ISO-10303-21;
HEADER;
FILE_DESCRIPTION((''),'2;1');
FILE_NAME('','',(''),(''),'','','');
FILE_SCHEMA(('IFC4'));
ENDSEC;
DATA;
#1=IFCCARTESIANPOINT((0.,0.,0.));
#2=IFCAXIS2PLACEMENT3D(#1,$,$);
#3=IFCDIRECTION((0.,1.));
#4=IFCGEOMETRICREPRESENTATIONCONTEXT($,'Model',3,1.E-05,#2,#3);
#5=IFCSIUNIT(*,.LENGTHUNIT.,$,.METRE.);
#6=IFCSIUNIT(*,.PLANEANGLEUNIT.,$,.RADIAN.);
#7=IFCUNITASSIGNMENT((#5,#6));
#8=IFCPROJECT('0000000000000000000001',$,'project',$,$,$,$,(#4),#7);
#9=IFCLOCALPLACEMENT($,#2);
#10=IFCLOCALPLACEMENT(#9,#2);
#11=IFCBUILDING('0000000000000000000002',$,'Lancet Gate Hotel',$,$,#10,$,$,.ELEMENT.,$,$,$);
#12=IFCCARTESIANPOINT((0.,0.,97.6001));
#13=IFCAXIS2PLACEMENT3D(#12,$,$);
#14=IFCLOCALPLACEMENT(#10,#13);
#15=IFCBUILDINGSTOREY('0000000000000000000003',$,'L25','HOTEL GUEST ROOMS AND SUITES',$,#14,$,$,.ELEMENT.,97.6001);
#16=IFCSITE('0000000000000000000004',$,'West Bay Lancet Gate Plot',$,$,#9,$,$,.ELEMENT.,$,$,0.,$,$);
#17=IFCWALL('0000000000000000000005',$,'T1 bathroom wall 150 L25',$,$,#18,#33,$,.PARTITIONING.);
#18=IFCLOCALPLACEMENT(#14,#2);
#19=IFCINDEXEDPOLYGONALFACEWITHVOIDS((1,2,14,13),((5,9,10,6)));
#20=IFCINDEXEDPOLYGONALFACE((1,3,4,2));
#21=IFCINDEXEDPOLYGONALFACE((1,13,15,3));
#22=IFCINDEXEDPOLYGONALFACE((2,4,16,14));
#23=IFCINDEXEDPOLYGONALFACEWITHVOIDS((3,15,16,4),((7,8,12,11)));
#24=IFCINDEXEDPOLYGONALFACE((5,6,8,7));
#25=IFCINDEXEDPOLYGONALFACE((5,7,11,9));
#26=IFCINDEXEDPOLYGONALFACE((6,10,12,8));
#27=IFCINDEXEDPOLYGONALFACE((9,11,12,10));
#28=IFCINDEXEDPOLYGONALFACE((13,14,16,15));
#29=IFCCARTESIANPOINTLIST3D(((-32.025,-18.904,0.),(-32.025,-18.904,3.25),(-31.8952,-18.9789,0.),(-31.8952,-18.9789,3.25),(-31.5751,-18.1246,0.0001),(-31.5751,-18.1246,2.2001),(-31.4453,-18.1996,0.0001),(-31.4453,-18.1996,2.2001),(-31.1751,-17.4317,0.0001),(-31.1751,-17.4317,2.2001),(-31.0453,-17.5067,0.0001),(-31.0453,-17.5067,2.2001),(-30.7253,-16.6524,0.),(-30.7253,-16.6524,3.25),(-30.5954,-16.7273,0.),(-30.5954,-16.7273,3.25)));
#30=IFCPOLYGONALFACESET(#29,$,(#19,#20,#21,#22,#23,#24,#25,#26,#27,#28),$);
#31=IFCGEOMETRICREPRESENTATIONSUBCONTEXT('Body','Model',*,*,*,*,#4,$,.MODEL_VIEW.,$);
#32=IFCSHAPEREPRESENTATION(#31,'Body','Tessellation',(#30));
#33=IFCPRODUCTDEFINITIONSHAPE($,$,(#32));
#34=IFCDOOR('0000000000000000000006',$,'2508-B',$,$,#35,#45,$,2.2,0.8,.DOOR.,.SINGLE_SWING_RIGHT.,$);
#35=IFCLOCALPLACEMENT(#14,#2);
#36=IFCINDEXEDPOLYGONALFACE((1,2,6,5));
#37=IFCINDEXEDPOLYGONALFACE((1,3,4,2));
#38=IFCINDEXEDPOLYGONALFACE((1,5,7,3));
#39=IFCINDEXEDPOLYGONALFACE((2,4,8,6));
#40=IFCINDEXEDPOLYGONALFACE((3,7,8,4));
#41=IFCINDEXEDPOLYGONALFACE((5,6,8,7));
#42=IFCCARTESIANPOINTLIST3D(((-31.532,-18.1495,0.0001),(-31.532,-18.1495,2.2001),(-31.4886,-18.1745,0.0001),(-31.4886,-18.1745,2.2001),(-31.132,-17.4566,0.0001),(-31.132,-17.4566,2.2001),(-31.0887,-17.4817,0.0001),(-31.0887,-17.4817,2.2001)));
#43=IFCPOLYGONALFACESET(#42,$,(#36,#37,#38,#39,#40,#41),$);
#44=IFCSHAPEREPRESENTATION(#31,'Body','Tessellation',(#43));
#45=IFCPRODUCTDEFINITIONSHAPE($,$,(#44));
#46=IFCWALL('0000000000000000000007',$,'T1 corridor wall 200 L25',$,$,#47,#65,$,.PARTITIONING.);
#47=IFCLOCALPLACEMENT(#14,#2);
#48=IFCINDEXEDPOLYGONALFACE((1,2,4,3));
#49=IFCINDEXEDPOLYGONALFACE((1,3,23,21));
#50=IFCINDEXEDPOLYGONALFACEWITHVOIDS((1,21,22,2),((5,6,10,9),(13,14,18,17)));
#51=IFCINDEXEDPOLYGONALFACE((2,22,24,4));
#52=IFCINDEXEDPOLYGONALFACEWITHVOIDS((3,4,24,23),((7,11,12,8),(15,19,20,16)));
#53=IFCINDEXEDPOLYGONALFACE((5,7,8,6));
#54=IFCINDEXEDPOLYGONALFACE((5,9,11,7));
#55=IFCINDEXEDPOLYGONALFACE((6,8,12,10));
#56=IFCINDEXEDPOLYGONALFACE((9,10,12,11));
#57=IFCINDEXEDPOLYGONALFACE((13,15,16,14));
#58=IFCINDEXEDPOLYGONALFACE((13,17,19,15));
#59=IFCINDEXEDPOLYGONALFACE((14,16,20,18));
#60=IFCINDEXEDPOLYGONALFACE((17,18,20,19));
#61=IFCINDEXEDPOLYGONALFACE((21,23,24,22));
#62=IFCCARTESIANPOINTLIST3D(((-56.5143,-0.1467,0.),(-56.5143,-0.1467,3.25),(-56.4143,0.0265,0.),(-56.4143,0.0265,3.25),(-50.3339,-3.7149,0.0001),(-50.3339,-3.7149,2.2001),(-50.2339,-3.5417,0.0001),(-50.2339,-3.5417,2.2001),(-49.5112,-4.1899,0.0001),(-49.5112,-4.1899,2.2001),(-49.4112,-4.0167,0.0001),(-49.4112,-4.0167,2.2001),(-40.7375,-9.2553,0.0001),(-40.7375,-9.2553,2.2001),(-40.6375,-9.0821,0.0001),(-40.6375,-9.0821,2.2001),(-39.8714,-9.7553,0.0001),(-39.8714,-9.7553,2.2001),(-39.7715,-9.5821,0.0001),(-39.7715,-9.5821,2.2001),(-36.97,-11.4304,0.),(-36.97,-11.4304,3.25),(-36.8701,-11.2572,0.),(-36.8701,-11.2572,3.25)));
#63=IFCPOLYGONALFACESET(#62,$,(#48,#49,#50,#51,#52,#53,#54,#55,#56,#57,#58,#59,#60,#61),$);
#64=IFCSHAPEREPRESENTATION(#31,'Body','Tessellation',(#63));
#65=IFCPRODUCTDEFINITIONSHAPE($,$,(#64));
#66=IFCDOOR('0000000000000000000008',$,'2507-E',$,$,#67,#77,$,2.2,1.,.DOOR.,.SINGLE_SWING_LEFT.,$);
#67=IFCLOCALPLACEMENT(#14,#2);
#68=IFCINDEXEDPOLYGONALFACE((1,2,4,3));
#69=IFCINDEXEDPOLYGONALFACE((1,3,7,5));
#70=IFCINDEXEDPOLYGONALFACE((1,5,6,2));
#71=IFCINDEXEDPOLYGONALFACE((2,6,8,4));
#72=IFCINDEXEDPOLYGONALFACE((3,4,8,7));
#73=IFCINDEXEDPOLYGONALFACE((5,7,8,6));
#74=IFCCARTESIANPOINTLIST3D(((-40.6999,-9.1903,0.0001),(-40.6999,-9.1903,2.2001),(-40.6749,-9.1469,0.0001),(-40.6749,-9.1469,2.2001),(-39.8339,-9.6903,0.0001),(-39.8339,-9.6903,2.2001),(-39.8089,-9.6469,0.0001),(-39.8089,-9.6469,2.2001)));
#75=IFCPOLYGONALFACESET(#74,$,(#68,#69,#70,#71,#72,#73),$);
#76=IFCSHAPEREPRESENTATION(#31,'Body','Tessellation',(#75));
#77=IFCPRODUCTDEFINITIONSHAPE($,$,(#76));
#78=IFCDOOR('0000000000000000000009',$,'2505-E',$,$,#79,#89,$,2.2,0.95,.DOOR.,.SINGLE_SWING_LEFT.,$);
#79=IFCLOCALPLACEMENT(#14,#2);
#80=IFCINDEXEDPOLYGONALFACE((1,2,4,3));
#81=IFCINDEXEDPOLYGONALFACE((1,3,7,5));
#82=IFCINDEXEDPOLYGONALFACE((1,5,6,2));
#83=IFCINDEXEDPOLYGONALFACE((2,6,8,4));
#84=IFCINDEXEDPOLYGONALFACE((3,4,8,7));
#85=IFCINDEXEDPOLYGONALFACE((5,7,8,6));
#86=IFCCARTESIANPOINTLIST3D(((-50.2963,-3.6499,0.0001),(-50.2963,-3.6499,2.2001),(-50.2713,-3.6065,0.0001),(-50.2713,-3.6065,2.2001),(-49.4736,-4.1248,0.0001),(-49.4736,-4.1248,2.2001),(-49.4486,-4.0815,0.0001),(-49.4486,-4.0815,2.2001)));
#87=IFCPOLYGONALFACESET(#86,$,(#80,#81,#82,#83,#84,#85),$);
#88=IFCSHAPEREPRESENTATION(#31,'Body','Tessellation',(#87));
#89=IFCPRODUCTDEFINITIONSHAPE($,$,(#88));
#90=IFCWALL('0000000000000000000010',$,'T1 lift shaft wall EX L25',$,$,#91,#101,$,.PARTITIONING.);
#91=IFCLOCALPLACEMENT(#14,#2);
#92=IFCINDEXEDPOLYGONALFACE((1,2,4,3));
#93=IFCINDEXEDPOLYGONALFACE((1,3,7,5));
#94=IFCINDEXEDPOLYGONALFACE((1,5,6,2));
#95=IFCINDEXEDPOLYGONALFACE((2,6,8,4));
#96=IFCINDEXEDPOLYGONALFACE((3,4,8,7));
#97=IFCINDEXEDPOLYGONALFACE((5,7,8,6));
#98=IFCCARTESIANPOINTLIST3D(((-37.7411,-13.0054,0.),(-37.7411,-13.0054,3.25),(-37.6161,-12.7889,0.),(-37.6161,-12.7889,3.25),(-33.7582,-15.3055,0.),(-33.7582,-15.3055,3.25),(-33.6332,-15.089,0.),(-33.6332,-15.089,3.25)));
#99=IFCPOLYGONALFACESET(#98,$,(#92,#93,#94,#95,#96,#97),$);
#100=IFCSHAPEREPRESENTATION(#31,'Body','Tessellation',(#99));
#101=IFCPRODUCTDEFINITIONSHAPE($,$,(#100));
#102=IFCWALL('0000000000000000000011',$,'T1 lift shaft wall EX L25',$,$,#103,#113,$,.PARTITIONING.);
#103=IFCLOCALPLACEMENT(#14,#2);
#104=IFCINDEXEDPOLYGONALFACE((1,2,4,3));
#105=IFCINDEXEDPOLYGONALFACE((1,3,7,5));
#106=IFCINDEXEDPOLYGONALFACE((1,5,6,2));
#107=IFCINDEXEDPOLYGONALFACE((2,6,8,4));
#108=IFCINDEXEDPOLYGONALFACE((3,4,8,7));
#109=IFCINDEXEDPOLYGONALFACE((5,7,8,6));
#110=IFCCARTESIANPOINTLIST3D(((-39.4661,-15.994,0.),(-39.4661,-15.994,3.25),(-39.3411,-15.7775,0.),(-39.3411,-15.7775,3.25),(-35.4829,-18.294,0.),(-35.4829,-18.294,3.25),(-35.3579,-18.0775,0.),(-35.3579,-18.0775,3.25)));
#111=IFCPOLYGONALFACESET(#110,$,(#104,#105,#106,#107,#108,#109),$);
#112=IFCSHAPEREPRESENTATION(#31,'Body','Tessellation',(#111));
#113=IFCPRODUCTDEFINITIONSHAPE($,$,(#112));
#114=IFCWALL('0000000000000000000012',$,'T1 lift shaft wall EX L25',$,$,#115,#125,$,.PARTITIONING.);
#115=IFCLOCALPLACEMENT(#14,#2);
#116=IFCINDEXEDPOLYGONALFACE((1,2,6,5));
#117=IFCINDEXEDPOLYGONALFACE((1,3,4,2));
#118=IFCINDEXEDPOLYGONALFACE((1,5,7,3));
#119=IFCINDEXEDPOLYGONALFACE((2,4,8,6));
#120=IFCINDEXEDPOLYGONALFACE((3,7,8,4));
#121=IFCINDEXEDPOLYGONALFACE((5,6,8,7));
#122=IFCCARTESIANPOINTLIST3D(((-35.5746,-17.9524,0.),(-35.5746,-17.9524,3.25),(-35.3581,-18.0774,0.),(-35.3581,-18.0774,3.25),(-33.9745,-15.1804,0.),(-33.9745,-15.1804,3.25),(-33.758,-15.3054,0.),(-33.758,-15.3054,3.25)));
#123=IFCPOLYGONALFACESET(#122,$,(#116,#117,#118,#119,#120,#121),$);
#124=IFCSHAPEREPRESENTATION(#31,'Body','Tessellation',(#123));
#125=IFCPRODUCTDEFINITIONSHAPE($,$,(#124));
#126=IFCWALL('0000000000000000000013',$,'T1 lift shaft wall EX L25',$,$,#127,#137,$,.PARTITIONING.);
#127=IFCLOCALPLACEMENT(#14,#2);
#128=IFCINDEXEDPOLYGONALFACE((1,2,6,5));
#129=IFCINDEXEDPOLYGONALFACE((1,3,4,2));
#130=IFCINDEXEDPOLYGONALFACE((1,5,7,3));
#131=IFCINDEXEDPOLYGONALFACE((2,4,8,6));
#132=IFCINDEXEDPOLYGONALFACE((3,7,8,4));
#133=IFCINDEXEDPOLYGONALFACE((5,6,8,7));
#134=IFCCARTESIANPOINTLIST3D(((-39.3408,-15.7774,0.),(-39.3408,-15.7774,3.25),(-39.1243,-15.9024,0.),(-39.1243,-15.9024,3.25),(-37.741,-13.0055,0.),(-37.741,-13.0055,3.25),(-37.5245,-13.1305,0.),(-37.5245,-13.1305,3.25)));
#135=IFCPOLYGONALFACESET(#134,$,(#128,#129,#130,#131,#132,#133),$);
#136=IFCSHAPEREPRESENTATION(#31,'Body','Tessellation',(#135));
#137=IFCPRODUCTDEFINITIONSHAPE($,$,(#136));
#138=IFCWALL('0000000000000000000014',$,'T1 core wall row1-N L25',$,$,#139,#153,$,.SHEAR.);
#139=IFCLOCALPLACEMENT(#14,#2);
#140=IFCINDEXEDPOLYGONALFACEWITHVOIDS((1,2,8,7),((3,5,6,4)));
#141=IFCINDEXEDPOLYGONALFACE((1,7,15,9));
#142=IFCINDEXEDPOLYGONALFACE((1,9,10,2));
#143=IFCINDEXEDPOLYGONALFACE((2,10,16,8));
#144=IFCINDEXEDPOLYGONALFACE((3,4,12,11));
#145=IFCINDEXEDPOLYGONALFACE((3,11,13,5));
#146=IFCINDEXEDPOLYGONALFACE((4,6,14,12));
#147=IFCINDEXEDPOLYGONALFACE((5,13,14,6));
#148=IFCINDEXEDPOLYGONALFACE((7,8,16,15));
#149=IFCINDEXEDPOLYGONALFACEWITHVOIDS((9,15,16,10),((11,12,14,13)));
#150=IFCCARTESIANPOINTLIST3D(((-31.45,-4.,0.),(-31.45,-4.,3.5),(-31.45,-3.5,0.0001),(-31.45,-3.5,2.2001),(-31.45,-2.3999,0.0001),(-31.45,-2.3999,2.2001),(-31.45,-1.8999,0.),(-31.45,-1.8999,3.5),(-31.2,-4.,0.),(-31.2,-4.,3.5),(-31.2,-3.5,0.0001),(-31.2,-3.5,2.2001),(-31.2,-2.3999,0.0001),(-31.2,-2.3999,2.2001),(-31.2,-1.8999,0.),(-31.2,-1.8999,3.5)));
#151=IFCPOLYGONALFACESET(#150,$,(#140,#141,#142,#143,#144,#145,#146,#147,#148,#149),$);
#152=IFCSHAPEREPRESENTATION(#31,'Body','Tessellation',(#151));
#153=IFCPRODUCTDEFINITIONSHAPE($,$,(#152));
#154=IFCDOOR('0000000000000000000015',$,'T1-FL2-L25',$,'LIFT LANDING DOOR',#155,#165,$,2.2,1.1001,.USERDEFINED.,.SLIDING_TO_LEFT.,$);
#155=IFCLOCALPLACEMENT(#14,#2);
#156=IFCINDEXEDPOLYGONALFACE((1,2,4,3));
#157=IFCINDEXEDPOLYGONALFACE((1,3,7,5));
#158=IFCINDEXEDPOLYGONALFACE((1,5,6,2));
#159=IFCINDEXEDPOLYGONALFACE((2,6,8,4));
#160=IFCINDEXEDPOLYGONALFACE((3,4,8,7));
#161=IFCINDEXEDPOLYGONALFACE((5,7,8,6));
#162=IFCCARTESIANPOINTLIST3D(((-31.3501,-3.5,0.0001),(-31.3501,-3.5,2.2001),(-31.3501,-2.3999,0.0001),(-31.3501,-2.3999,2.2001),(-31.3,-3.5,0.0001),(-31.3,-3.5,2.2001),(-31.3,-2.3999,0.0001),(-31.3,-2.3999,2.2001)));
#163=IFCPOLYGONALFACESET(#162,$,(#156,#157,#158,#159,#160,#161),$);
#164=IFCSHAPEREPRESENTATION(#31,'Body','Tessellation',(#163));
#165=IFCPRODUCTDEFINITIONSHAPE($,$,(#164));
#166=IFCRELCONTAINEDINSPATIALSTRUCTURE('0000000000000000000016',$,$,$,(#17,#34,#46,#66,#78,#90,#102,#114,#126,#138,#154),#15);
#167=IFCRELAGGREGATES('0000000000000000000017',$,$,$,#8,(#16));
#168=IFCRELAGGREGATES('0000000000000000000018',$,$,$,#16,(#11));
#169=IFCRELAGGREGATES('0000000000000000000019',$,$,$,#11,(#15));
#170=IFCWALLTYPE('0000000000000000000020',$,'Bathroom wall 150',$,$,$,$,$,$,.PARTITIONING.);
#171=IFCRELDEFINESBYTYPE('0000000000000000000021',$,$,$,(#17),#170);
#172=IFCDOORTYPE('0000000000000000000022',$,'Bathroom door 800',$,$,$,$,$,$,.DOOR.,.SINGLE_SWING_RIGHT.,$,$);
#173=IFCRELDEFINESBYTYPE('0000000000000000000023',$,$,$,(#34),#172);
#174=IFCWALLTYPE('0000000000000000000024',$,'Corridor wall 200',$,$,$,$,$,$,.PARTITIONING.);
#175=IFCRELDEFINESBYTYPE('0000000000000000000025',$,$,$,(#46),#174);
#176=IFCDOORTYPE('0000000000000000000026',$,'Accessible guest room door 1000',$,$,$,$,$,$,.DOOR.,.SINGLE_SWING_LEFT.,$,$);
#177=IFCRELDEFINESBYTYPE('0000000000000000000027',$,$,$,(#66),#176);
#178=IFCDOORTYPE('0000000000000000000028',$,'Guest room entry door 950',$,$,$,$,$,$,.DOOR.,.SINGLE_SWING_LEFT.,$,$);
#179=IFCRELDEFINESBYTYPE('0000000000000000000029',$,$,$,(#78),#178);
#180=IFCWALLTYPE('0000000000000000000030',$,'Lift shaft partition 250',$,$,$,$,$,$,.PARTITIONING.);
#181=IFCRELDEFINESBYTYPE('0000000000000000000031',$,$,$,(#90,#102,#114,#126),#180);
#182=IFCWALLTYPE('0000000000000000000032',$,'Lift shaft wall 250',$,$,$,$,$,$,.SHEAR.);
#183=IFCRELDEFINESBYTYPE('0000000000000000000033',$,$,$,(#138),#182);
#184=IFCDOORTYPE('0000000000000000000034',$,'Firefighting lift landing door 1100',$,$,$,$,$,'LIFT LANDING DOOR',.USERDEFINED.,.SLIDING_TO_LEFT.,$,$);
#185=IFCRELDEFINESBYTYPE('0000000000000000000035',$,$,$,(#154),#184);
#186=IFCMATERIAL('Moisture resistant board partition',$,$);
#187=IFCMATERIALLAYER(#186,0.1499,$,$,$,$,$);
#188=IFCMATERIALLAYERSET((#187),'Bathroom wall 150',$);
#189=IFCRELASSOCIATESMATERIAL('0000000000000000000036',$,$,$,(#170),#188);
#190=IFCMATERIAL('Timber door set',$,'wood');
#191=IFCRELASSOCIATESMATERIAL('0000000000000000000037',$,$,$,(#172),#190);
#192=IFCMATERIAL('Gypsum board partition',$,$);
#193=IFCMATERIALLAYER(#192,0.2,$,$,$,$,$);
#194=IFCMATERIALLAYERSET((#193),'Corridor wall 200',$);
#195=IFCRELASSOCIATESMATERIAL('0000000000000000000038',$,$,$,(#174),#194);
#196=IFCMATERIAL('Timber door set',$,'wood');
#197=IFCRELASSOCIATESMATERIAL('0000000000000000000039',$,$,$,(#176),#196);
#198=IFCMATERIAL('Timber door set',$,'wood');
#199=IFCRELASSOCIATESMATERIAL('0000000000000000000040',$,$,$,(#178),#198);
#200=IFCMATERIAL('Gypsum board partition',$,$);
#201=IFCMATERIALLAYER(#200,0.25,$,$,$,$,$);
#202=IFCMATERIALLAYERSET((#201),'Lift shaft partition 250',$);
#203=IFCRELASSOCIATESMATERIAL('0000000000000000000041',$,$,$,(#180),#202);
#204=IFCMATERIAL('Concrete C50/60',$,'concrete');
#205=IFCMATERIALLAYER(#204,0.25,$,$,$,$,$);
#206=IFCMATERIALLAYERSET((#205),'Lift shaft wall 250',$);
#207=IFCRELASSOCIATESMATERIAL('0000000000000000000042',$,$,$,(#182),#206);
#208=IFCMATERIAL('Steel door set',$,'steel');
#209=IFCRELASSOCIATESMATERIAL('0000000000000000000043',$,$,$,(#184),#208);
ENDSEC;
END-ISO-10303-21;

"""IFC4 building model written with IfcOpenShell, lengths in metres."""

from ifc_helpers import new_model, si_unit, direction, frame, frame_2d, origin, place, context, subcontext, project, spatial, rectangle, extrude, material, layer, layer_set, type_object, element, fill, save


model = new_model("IFC4")

# Units and contexts
model_context = context("Model", 3, precision=1e-05, world=origin(), true_north=direction((0.0, 1.0)))
body_context = subcontext(model_context, "Body", "Model", "MODEL_VIEW")
ifc_project = project(units=[si_unit("LENGTHUNIT", "METRE"), si_unit("PLANEANGLEUNIT", "RADIAN")], contexts=[model_context])

# Site, building, storey
site_placement = place(None, origin())
site = spatial("IfcSite", under=ifc_project, at=site_placement, Name="West Bay Lancet Gate Plot", CompositionType="ELEMENT", RefElevation=0.0)
building_placement = place(site_placement, origin())
building = spatial("IfcBuilding", under=site, at=building_placement, Name="Lancet Gate Hotel", CompositionType="ELEMENT")
storey_placement = place(building_placement, frame((0.0, 0.0, 97.6001)))
storey = spatial("IfcBuildingStorey", under=building, at=storey_placement, Name="L25", Description="HOTEL GUEST ROOMS AND SUITES", CompositionType="ELEMENT", Elevation=97.6001)

# Shared definitions
ifc_material_1 = material(Name="Moisture resistant board partition")
ifc_layer_1 = layer(ifc_material_1, 0.1499)
ifc_layer_set_1 = layer_set([ifc_layer_1], Name="Bathroom wall 150")
wall_type_1 = type_object("IfcWallType", Name="Bathroom wall 150", PredefinedType="PARTITIONING", material=ifc_layer_set_1)

# Wall, opening, door
wall_1_placement = place(storey_placement, frame((-30.6604, -16.6899, 0.0), z_axis=(0.0, 0.0, 1.0), x_axis=(-0.499937, -0.866062, 0.0)))
wall_1 = element("IfcWall", 1, at=wall_1_placement, inside=storey, type_object=wall_type_1, Name="T1 bathroom wall 150 L25", PredefinedType="PARTITIONING", context=body_context, shape_type="SweptSolid", body=[
    extrude(rectangle(XDim=2.5999, YDim=0.1499, at=frame_2d((1.2998, 0.0))), origin(), (0.0, 0.0, 1.0), 3.25),
])
opening_1_placement = place(wall_1_placement, frame((0.8999, 0.0, 0.0)))
opening_1 = element("IfcOpeningElement", 2, at=opening_1_placement, cuts=wall_1, PredefinedType="OPENING", context=body_context, shape_type="SweptSolid", body=[
    extrude(rectangle(XDim=0.8, YDim=2.2, at=frame_2d((0.3999, 1.1001))), frame((0.0, 0.085, 0.0), z_axis=(0.0, -1.0, 0.0), x_axis=(1.0, 0.0, 0.0)), (0.0, 0.0, 1.0), 0.1699),
])
ifc_material_2 = material(Name="Timber door set", Category="wood")
door_type_1 = type_object("IfcDoorType", Name="Bathroom door 800", OperationType="SINGLE_SWING_RIGHT", PredefinedType="DOOR", material=ifc_material_2)
door_1_placement = place(opening_1_placement, origin())
door_1 = element("IfcDoor", 3, at=door_1_placement, inside=storey, type_object=door_type_1, Name="2508-B", OperationType="SINGLE_SWING_RIGHT", OverallHeight=2.2, OverallWidth=0.8, PredefinedType="DOOR", context=body_context, shape_type="SweptSolid", body=[
    extrude(rectangle(XDim=0.8, YDim=2.2, at=frame_2d((0.3999, 1.1001))), frame((0.0, 0.0249, 0.0), z_axis=(0.0, -1.0, 0.0), x_axis=(1.0, 0.0, 0.0)), (0.0, 0.0, 1.0), 0.05),
])
fill(opening_1, door_1)

# Wall, openings, doors
ifc_material_3 = material(Name="Gypsum board partition")
ifc_layer_2 = layer(ifc_material_3, 0.2)
ifc_layer_set_2 = layer_set([ifc_layer_2], Name="Corridor wall 200")
wall_type_2 = type_object("IfcWallType", Name="Corridor wall 200", PredefinedType="PARTITIONING", material=ifc_layer_set_2)
wall_2_placement = place(storey_placement, frame((-36.9202, -11.3438, 0.0), z_axis=(0.0, 0.0, 1.0), x_axis=(-0.866028, 0.499995, 0.0)))
wall_2 = element("IfcWall", 4, at=wall_2_placement, inside=storey, type_object=wall_type_2, Name="T1 corridor wall 200 L25", PredefinedType="PARTITIONING", context=body_context, shape_type="SweptSolid", body=[
    extrude(rectangle(XDim=22.5676, YDim=0.2, at=frame_2d((11.2837, 0.0))), origin(), (0.0, 0.0, 1.0), 3.25),
])
opening_2_placement = place(wall_2_placement, frame((14.481, 0.0, 0.0)))
opening_2 = element("IfcOpeningElement", 5, at=opening_2_placement, cuts=wall_2, PredefinedType="OPENING", context=body_context, shape_type="SweptSolid", body=[
    extrude(rectangle(XDim=0.95, YDim=2.2, at=frame_2d((0.4751, 1.1001))), frame((0.0, 0.1099, 0.0), z_axis=(0.0, -1.0, 0.0), x_axis=(1.0, 0.0, 0.0)), (0.0, 0.0, 1.0), 0.22),
])
opening_3_placement = place(wall_2_placement, frame((3.3501, 0.0, 0.0)))
opening_3 = element("IfcOpeningElement", 6, at=opening_3_placement, cuts=wall_2, PredefinedType="OPENING", context=body_context, shape_type="SweptSolid", body=[
    extrude(rectangle(XDim=1.0, YDim=2.2, at=frame_2d((0.5, 1.1001))), frame((0.0, 0.1099, 0.0), z_axis=(0.0, -1.0, 0.0), x_axis=(1.0, 0.0, 0.0)), (0.0, 0.0, 1.0), 0.22),
])
ifc_material_4 = material(Name="Timber door set", Category="wood")
door_type_2 = type_object("IfcDoorType", Name="Accessible guest room door 1000", OperationType="SINGLE_SWING_LEFT", PredefinedType="DOOR", material=ifc_material_4)
door_2_placement = place(opening_3_placement, origin())
door_2 = element("IfcDoor", 7, at=door_2_placement, inside=storey, type_object=door_type_2, Name="2507-E", OperationType="SINGLE_SWING_LEFT", OverallHeight=2.2, OverallWidth=1.0, PredefinedType="DOOR", context=body_context, shape_type="SweptSolid", body=[
    extrude(rectangle(XDim=1.0, YDim=2.2, at=frame_2d((0.5, 1.1001))), frame((0.0, 0.0249, 0.0), z_axis=(0.0, -1.0, 0.0), x_axis=(1.0, 0.0, 0.0)), (0.0, 0.0, 1.0), 0.05),
])
fill(opening_3, door_2)
ifc_material_5 = material(Name="Timber door set", Category="wood")
door_type_3 = type_object("IfcDoorType", Name="Guest room entry door 950", OperationType="SINGLE_SWING_LEFT", PredefinedType="DOOR", material=ifc_material_5)
door_3_placement = place(opening_2_placement, origin())
door_3 = element("IfcDoor", 8, at=door_3_placement, inside=storey, type_object=door_type_3, Name="2505-E", OperationType="SINGLE_SWING_LEFT", OverallHeight=2.2, OverallWidth=0.95, PredefinedType="DOOR", context=body_context, shape_type="SweptSolid", body=[
    extrude(rectangle(XDim=0.95, YDim=2.2, at=frame_2d((0.4751, 1.1001))), frame((0.0, 0.0249, 0.0), z_axis=(0.0, -1.0, 0.0), x_axis=(1.0, 0.0, 0.0)), (0.0, 0.0, 1.0), 0.05),
])
fill(opening_2, door_3)

# Walls
ifc_material_6 = material(Name="Gypsum board partition")
ifc_layer_3 = layer(ifc_material_6, 0.25)
ifc_layer_set_3 = layer_set([ifc_layer_3], Name="Lift shaft partition 250")
wall_type_3 = type_object("IfcWallType", Name="Lift shaft partition 250", PredefinedType="PARTITIONING", material=ifc_layer_set_3)
wall_3_placement = place(storey_placement, frame((-33.6956, -15.1973, 0.0), z_axis=(0.0, 0.0, 1.0), x_axis=(-0.865977, 0.500084, 0.0)))
element("IfcWall", 9, at=wall_3_placement, inside=storey, type_object=wall_type_3, Name="T1 lift shaft wall EX L25", PredefinedType="PARTITIONING", context=body_context, shape_type="SweptSolid", body=[
    extrude(rectangle(XDim=4.5994, YDim=0.25, at=frame_2d((2.2998, 0.0))), origin(), (0.0, 0.0, 1.0), 3.25),
])
wall_4_placement = place(storey_placement, frame((-35.4204, -18.1858, 0.0), z_axis=(0.0, 0.0, 1.0), x_axis=(-0.86599, 0.500061, 0.0)))
element("IfcWall", 10, at=wall_4_placement, inside=storey, type_object=wall_type_3, Name="T1 lift shaft wall EX L25", PredefinedType="PARTITIONING", context=body_context, shape_type="SweptSolid", body=[
    extrude(rectangle(XDim=4.5996, YDim=0.25, at=frame_2d((2.2998, 0.0))), origin(), (0.0, 0.0, 1.0), 3.25),
])
wall_5_placement = place(storey_placement, frame((-33.8662, -15.2429, 0.0), z_axis=(0.0, 0.0, 1.0), x_axis=(-0.499929, -0.866066, 0.0)))
element("IfcWall", 11, at=wall_5_placement, inside=storey, type_object=wall_type_3, Name="T1 lift shaft wall EX L25", PredefinedType="PARTITIONING", context=body_context, shape_type="SweptSolid", body=[
    extrude(rectangle(XDim=3.2007, YDim=0.25, at=frame_2d((1.6003, 0.0))), origin(), (0.0, 0.0, 1.0), 3.25),
])
wall_6_placement = place(storey_placement, frame((-37.6328, -13.0681, 0.0), z_axis=(0.0, 0.0, 1.0), x_axis=(-0.499872, -0.866099, 0.0)))
element("IfcWall", 12, at=wall_6_placement, inside=storey, type_object=wall_type_3, Name="T1 lift shaft wall EX L25", PredefinedType="PARTITIONING", context=body_context, shape_type="SweptSolid", body=[
    extrude(rectangle(XDim=3.2004, YDim=0.25, at=frame_2d((1.6001, 0.0))), origin(), (0.0, 0.0, 1.0), 3.25),
])

# Wall, opening, door
ifc_material_7 = material(Name="Concrete C50/60", Category="concrete")
ifc_layer_4 = layer(ifc_material_7, 0.25)
ifc_layer_set_4 = layer_set([ifc_layer_4], Name="Lift shaft wall 250")
wall_type_4 = type_object("IfcWallType", Name="Lift shaft wall 250", PredefinedType="SHEAR", material=ifc_layer_set_4)
wall_7_placement = place(storey_placement, frame((-31.325, -1.8999, 0.0), z_axis=(0.0, 0.0, 1.0), x_axis=(0.0, -1.0, 0.0)))
wall_7 = element("IfcWall", 13, at=wall_7_placement, inside=storey, type_object=wall_type_4, Name="T1 core wall row1-N L25", PredefinedType="SHEAR", context=body_context, shape_type="SweptSolid", body=[
    extrude(rectangle(XDim=2.1001, YDim=0.25, at=frame_2d((1.05, 0.0))), origin(), (0.0, 0.0, 1.0), 3.5),
])
opening_4_placement = place(wall_7_placement, frame((0.5, 0.0, 0.0)))
opening_4 = element("IfcOpeningElement", 14, at=opening_4_placement, cuts=wall_7, PredefinedType="OPENING", context=body_context, shape_type="SweptSolid", body=[
    extrude(rectangle(XDim=1.1001, YDim=2.2, at=frame_2d((0.55, 1.1001))), frame((0.0, 0.135, 0.0), z_axis=(0.0, -1.0, 0.0), x_axis=(1.0, 0.0, 0.0)), (0.0, 0.0, 1.0), 0.27),
])
ifc_material_8 = material(Name="Steel door set", Category="steel")
door_type_4 = type_object("IfcDoorType", Name="Firefighting lift landing door 1100", ElementType="LIFT LANDING DOOR", OperationType="SLIDING_TO_LEFT", PredefinedType="USERDEFINED", material=ifc_material_8)
door_4_placement = place(opening_4_placement, origin())
door_4 = element("IfcDoor", 15, at=door_4_placement, inside=storey, type_object=door_type_4, Name="T1-FL2-L25", ObjectType="LIFT LANDING DOOR", OperationType="SLIDING_TO_LEFT", OverallHeight=2.2, OverallWidth=1.1001, PredefinedType="USERDEFINED", context=body_context, shape_type="SweptSolid", body=[
    extrude(rectangle(XDim=1.1001, YDim=2.2, at=frame_2d((0.55, 1.1001))), frame((0.0, 0.0249, 0.0), z_axis=(0.0, -1.0, 0.0), x_axis=(1.0, 0.0, 0.0)), (0.0, 0.0, 1.0), 0.05),
])
fill(opening_4, door_4)

save(model, "model.ifc")
